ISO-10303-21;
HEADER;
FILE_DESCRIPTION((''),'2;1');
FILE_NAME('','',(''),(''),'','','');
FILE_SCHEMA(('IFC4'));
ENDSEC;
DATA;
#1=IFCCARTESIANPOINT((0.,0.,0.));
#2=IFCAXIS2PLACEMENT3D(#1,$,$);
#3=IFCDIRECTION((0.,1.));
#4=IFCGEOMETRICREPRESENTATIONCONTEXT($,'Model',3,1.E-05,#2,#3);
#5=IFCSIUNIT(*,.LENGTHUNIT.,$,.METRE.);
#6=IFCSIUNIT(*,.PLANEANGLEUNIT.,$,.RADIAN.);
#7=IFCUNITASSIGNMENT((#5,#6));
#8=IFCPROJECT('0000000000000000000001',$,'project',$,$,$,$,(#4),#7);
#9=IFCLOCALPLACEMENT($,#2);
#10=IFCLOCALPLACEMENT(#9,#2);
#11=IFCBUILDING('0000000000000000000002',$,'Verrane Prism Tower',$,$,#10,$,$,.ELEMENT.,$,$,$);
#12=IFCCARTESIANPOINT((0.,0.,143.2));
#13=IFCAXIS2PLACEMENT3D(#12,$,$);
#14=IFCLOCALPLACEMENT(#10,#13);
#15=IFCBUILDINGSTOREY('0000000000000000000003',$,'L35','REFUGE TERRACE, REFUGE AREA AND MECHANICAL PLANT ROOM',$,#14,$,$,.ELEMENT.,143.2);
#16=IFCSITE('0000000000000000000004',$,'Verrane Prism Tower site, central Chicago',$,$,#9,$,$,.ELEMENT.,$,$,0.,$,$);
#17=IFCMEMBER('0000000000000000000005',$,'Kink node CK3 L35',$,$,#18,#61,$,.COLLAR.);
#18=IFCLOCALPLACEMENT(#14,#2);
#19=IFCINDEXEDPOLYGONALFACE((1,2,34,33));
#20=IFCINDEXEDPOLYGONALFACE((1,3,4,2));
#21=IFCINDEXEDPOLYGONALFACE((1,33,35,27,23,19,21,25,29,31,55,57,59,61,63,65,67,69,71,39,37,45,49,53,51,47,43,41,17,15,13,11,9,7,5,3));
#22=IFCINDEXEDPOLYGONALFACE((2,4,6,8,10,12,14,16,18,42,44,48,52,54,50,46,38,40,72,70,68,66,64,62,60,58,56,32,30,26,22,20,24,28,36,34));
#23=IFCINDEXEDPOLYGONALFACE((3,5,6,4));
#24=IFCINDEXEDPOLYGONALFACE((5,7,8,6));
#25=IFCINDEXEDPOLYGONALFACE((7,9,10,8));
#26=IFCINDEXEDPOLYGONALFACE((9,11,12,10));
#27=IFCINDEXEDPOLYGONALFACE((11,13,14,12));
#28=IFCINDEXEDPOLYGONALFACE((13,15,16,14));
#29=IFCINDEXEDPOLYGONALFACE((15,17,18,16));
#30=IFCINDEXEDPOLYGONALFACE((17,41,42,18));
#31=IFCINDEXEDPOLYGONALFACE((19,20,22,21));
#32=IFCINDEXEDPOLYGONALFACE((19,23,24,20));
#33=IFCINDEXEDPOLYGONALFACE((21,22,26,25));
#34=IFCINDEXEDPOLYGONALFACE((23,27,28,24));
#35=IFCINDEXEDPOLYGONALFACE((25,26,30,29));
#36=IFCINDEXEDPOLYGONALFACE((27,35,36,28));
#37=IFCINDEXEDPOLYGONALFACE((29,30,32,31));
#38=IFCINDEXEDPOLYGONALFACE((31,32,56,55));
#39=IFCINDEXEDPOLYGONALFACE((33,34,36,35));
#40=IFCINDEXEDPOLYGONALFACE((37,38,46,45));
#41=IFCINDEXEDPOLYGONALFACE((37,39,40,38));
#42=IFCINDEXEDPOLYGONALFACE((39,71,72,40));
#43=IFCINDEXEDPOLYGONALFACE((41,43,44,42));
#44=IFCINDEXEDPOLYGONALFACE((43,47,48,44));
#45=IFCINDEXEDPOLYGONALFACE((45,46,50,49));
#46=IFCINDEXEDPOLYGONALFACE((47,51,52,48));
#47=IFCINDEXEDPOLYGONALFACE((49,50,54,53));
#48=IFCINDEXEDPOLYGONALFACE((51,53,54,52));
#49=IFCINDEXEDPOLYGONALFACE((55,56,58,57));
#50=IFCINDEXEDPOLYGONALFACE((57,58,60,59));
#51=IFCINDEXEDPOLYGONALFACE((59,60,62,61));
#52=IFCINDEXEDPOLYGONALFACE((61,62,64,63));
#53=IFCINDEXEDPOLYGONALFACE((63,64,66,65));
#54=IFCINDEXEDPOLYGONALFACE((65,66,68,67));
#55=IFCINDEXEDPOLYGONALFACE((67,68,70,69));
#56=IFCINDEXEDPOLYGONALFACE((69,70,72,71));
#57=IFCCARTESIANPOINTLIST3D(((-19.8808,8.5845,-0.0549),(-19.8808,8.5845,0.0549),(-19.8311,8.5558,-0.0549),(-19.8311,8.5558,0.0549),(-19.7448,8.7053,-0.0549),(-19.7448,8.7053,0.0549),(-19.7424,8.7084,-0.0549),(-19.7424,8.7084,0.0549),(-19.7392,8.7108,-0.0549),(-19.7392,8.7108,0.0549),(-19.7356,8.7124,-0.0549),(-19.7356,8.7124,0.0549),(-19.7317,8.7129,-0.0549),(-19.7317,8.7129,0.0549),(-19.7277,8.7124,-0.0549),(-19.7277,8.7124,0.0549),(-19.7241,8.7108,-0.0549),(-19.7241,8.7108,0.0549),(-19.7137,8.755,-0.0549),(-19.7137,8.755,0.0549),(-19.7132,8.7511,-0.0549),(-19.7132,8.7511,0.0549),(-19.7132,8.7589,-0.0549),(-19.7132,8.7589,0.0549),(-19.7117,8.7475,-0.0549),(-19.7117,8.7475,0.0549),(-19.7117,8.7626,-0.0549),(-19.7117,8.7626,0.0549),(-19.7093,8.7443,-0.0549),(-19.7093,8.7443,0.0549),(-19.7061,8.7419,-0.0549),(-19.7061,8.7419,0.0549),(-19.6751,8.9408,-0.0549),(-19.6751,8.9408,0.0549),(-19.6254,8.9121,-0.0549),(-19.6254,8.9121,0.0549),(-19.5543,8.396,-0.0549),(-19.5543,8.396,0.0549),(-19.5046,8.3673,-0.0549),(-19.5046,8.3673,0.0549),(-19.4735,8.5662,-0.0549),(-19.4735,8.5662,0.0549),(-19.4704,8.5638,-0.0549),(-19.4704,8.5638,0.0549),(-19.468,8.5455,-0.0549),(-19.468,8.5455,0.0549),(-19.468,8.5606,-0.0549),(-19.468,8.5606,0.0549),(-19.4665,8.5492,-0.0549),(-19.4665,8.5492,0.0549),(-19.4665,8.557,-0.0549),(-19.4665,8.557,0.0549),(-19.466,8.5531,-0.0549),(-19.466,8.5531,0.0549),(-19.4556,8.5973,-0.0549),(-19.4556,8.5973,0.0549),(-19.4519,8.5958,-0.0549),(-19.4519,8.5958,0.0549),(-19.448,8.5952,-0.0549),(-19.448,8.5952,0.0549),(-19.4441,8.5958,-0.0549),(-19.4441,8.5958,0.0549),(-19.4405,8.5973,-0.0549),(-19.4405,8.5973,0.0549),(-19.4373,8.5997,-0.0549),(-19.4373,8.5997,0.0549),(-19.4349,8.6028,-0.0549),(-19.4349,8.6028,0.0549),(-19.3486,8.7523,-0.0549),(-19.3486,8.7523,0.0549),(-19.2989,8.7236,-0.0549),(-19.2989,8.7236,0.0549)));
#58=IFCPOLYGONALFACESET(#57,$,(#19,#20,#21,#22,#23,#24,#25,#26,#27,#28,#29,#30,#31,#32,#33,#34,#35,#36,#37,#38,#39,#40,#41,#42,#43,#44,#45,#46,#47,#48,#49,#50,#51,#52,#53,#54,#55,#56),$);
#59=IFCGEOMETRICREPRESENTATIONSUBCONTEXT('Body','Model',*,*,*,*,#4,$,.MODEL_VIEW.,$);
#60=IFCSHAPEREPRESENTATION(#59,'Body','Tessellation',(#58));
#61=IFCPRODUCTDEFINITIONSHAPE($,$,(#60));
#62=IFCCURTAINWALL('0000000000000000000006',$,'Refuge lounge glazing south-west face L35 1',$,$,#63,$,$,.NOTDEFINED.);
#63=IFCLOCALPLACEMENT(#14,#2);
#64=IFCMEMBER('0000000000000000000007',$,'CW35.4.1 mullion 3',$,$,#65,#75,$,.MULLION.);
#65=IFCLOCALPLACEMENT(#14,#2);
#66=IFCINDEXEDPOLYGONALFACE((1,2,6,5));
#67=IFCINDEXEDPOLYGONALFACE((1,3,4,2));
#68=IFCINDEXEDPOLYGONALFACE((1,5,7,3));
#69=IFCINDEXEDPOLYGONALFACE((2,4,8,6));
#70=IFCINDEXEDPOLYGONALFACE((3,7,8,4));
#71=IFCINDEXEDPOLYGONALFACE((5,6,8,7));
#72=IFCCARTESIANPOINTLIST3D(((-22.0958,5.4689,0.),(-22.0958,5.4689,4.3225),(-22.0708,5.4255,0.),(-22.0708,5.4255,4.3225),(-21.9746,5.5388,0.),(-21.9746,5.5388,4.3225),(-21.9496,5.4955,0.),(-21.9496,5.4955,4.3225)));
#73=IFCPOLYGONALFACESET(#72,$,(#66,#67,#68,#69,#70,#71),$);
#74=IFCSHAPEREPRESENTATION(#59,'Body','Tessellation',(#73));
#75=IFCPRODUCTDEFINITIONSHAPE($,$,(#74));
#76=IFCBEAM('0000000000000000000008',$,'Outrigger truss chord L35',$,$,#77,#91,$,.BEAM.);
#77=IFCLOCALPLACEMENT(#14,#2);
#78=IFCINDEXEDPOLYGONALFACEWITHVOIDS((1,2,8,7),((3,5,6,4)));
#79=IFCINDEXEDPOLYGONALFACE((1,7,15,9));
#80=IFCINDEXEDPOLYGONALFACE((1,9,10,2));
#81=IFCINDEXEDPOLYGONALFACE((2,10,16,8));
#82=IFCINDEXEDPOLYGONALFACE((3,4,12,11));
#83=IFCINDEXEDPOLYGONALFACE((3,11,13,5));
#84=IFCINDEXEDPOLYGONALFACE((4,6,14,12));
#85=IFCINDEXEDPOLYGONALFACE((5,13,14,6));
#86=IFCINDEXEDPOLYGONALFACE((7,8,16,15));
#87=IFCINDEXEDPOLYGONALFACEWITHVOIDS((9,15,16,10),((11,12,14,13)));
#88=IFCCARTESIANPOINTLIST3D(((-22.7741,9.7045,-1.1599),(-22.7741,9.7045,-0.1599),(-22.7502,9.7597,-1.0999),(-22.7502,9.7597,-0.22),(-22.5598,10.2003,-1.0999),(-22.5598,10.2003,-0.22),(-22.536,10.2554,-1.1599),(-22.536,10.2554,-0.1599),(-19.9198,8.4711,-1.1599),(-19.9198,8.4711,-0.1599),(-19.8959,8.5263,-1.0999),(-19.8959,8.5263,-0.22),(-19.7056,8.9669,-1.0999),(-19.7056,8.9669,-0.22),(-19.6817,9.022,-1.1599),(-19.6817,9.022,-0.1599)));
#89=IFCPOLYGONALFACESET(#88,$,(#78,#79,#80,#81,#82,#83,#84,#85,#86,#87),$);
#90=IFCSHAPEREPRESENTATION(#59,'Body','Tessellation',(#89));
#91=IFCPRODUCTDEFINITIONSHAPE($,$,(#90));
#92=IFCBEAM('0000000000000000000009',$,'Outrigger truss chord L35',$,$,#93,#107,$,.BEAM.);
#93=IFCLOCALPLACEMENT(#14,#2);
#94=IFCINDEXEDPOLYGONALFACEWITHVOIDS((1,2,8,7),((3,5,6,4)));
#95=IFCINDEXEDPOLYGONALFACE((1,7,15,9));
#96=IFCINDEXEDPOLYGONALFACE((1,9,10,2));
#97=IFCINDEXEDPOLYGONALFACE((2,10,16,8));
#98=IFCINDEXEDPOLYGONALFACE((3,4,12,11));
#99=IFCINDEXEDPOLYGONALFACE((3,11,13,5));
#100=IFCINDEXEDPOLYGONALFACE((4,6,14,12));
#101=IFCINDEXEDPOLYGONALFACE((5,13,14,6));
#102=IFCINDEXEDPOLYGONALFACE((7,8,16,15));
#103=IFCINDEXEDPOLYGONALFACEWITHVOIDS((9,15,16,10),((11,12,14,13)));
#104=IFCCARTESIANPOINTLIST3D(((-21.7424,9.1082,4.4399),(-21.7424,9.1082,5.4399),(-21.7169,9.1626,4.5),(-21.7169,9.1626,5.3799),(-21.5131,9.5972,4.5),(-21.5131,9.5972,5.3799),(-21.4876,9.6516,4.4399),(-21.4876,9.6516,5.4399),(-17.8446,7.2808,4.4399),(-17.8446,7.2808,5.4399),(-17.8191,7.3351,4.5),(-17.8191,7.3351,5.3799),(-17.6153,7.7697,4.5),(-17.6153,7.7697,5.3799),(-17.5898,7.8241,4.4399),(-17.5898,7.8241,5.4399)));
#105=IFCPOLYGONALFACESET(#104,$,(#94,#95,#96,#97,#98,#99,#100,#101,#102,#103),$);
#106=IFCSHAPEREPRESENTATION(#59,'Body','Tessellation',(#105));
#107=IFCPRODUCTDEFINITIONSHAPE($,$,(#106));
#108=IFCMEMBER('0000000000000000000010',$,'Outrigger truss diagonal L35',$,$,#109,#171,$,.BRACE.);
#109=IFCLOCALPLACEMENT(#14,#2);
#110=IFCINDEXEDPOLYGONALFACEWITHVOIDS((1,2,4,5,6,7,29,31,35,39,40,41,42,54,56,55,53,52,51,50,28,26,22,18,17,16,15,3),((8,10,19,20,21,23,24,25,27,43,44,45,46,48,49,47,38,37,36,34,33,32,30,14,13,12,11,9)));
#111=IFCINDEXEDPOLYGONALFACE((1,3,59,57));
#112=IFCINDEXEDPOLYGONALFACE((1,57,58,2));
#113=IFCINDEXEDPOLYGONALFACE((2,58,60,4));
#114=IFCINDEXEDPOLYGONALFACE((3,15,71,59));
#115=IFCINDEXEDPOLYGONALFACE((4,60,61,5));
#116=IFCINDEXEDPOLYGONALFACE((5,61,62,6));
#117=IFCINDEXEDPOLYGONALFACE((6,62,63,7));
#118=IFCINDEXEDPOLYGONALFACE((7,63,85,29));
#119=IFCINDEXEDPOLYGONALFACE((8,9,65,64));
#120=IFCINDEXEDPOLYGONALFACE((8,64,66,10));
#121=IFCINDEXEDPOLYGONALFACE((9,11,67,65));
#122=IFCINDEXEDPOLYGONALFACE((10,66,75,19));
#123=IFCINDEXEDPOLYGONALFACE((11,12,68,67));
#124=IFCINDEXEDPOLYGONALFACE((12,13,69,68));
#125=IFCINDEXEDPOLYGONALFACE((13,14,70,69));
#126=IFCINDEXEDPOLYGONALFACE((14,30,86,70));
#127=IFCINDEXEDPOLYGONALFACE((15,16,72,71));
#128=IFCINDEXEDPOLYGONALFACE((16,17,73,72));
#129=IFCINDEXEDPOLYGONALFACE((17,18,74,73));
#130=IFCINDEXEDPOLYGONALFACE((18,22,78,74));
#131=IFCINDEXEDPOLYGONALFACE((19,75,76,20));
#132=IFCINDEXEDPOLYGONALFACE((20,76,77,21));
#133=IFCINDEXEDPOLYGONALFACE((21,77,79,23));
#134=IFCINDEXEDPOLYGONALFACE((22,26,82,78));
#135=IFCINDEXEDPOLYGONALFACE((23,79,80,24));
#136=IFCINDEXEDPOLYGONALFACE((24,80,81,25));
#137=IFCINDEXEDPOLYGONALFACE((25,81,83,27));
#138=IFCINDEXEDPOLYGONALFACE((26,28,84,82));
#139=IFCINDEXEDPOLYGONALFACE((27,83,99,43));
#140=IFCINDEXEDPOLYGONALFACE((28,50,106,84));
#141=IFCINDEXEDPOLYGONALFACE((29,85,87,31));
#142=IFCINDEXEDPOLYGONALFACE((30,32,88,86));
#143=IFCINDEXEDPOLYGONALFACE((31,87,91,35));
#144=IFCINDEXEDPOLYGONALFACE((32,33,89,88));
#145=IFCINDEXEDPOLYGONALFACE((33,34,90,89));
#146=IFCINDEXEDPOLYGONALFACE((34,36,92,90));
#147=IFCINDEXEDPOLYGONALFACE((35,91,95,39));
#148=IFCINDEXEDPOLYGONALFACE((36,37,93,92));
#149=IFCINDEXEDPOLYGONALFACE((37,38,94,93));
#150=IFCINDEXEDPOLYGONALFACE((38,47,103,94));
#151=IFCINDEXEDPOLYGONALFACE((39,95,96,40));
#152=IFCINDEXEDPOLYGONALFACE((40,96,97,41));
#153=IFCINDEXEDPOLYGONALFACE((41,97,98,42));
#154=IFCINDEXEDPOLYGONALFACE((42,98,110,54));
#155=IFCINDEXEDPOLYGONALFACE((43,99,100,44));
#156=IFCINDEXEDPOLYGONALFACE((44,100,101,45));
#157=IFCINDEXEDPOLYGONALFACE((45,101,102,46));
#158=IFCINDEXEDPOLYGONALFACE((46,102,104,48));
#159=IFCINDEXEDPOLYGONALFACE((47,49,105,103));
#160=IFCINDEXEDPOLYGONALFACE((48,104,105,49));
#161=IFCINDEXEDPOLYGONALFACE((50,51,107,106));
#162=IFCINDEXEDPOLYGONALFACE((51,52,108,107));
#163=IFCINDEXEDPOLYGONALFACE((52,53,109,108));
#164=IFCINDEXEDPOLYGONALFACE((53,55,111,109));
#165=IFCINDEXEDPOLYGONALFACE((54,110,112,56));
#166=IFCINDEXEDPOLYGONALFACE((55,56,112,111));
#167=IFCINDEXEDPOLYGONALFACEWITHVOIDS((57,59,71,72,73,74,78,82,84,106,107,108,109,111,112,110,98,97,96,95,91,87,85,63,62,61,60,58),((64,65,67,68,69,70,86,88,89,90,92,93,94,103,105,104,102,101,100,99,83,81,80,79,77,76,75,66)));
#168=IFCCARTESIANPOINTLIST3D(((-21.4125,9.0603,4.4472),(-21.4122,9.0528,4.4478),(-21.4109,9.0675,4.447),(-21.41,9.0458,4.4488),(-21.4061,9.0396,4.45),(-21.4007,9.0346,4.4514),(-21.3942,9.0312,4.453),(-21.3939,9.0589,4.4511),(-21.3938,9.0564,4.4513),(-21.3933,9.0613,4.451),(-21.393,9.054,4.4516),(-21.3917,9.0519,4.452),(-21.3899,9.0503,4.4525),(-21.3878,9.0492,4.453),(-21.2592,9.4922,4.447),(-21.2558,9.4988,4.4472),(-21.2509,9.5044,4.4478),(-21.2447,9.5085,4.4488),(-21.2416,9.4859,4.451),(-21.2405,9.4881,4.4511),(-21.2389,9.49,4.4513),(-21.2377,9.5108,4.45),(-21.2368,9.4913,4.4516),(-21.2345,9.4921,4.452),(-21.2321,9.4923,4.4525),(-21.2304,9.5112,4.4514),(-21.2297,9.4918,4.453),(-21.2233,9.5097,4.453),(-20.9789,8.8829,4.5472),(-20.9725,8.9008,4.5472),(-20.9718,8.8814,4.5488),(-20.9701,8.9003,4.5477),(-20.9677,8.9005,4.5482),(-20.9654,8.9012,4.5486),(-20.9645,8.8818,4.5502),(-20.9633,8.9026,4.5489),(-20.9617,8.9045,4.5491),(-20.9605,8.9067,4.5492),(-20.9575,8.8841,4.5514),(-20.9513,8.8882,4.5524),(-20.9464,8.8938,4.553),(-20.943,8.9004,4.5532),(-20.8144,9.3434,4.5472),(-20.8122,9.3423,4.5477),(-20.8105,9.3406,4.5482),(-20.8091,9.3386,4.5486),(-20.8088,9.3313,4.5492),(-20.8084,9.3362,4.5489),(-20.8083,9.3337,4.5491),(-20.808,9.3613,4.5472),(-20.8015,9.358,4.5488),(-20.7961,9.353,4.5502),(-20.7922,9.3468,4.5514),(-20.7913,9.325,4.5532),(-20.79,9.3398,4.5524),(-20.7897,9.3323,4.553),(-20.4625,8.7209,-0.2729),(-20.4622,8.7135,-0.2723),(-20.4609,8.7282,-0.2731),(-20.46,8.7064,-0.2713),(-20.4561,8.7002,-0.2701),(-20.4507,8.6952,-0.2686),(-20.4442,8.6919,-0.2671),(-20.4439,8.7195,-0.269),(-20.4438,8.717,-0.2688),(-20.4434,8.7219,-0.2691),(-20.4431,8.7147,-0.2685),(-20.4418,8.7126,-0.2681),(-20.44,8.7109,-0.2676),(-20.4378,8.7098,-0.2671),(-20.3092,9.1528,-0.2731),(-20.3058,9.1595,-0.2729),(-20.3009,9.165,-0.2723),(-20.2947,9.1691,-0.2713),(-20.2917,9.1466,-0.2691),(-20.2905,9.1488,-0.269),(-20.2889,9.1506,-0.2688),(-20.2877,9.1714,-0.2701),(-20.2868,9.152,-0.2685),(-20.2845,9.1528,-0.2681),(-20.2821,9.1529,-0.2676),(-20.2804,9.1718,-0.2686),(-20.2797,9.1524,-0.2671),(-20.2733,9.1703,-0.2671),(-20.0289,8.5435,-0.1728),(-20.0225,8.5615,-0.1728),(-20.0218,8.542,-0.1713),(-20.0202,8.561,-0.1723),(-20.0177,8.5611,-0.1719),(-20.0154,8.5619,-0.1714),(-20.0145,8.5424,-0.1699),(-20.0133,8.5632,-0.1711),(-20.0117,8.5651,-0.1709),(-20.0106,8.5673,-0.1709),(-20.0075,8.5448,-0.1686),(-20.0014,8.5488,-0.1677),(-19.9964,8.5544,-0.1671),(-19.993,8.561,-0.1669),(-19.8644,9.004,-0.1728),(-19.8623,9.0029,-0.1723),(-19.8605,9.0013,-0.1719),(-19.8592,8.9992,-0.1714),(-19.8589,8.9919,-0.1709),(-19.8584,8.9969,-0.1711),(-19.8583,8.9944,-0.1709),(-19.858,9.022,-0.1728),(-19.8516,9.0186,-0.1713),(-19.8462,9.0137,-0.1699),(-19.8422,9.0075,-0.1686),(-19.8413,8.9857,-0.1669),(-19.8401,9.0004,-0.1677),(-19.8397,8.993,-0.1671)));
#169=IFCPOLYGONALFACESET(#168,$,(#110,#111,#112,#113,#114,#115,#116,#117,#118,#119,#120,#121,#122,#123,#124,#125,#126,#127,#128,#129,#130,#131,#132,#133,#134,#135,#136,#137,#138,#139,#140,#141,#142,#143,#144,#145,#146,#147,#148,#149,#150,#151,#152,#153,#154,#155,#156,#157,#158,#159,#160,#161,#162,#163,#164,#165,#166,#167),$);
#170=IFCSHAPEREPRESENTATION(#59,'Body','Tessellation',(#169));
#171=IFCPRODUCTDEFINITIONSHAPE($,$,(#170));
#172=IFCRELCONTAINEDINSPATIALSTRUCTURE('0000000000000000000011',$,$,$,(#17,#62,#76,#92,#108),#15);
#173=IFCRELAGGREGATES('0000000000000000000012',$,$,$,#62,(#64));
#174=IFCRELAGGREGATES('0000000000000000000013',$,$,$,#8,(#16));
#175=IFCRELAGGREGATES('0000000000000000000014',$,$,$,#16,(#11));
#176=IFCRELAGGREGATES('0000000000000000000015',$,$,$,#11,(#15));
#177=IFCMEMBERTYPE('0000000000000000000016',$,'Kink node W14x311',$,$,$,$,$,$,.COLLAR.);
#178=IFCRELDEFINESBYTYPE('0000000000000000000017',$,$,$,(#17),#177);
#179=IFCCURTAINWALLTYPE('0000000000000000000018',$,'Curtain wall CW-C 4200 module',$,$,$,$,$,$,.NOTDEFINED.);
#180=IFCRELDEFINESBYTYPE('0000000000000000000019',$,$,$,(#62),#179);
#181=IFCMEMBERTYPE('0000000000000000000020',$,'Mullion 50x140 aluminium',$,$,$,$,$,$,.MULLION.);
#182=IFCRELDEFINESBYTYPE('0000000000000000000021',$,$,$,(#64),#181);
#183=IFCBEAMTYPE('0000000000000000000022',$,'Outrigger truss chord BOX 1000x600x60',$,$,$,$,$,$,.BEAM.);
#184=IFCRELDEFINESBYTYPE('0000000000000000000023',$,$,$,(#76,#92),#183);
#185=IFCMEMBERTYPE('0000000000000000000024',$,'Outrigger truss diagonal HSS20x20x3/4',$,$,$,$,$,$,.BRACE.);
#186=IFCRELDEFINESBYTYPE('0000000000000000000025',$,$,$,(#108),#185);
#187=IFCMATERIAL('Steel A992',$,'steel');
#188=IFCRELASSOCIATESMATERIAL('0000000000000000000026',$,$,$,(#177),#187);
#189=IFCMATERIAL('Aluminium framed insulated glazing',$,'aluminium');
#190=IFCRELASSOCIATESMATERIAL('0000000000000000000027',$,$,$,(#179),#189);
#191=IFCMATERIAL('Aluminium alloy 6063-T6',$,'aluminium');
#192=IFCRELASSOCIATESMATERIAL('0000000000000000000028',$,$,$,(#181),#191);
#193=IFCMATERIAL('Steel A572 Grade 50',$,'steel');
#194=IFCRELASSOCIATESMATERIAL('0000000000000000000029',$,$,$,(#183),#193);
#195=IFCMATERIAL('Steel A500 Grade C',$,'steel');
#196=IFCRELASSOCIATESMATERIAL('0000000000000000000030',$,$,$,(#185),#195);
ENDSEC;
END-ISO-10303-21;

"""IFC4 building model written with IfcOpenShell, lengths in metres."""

from ifc_helpers import new_model, si_unit, direction, frame, origin, origin_2d, place, context, subcontext, project, spatial, rectangle, hollow_rectangle, i_section, extrude, material, material_profile, profile_set, type_object, element, aggregate, save


model = new_model("IFC4")

# Units and contexts
model_context = context("Model", 3, precision=1e-05, world=origin(), true_north=direction((0.0, 1.0)))
body_context = subcontext(model_context, "Body", "Model", "MODEL_VIEW")
ifc_project = project(units=[si_unit("LENGTHUNIT", "METRE"), si_unit("PLANEANGLEUNIT", "RADIAN")], contexts=[model_context])

# Site, building, storey
site_placement = place(None, origin())
site = spatial("IfcSite", under=ifc_project, at=site_placement, Name="Verrane Prism Tower site, central Chicago", CompositionType="ELEMENT", RefElevation=0.0)
building_placement = place(site_placement, origin())
building = spatial("IfcBuilding", under=site, at=building_placement, Name="Verrane Prism Tower", CompositionType="ELEMENT")
storey_placement = place(building_placement, frame((0.0, 0.0, 143.2)))
storey = spatial("IfcBuildingStorey", under=building, at=storey_placement, Name="L35", Description="REFUGE TERRACE, REFUGE AREA AND MECHANICAL PLANT ROOM", CompositionType="ELEMENT", Elevation=143.2)

# Member
ifc_material_1 = material(Name="Steel A992", Category="steel")
ifc_material_profile_1 = material_profile(ifc_material_1, i_section(OverallWidth=0.4114, OverallDepth=0.4343, WebThickness=0.0359, FlangeThickness=0.0574, FilletRadius=0.0151, at=origin_2d()), Name="W14x311")
ifc_profile_set_1 = profile_set([ifc_material_profile_1], Name="Steel A992")
member_type_1 = type_object("IfcMemberType", Name="Kink node W14x311", PredefinedType="COLLAR", material=ifc_profile_set_1)
member_1_placement = place(storey_placement, frame((-19.5898, 8.6541, -0.0549), z_axis=(0.0, 0.0, 1.0), x_axis=(0.5, 0.866025, 0.0)))
element("IfcMember", 1, at=member_1_placement, inside=storey, type_object=member_type_1, Name="Kink node CK3 L35", PredefinedType="COLLAR", context=body_context, shape_type="SweptSolid", body=[
    extrude(i_section(OverallWidth=0.4114, OverallDepth=0.4343, WebThickness=0.0359, FlangeThickness=0.0574, FilletRadius=0.0151, at=origin_2d()), origin(), (0.0, 0.0, 1.0), 0.1099),
])

# Curtain wall, member
ifc_material_2 = material(Name="Aluminium framed insulated glazing", Category="aluminium")
curtain_wall_type = type_object("IfcCurtainWallType", Name="Curtain wall CW-C 4200 module", PredefinedType="NOTDEFINED", material=ifc_material_2)
curtain_wall_placement = place(storey_placement, origin())
curtain_wall = element("IfcCurtainWall", 2, at=curtain_wall_placement, inside=storey, type_object=curtain_wall_type, Name="Refuge lounge glazing south-west face L35 1", PredefinedType="NOTDEFINED")
ifc_material_3 = material(Name="Aluminium alloy 6063-T6", Category="aluminium")
ifc_material_profile_2 = material_profile(ifc_material_3, rectangle(XDim=0.1399, YDim=0.05, at=origin_2d()), Name="Mullion 50x140 aluminium")
ifc_profile_set_2 = profile_set([ifc_material_profile_2], Name="Aluminium alloy 6063-T6")
member_type_2 = type_object("IfcMemberType", Name="Mullion 50x140 aluminium", PredefinedType="MULLION", material=ifc_profile_set_2)
member_2_placement = place(storey_placement, frame((-22.0227, 5.4822, 0.0), z_axis=(0.0, 0.0, 1.0), x_axis=(0.866025, 0.500001, 0.0)))
member_2 = element("IfcMember", 3, at=member_2_placement, type_object=member_type_2, Name="CW35.4.1 mullion 3", PredefinedType="MULLION", context=body_context, shape_type="SweptSolid", body=[
    extrude(rectangle(XDim=0.1399, YDim=0.05, at=origin_2d()), origin(), (0.0, 0.0, 1.0), 4.3225),
])
aggregate(curtain_wall, [member_2])

# Beams
ifc_material_4 = material(Name="Steel A572 Grade 50", Category="steel")
ifc_material_profile_3 = material_profile(ifc_material_4, hollow_rectangle(XDim=0.6001, YDim=1.0, WallThickness=0.0601, at=origin_2d()), Name="BOX 1000x600x60")
ifc_profile_set_3 = profile_set([ifc_material_profile_3], Name="Steel A572 Grade 50")
beam_type_1 = type_object("IfcBeamType", Name="Outrigger truss chord BOX 1000x600x60", PredefinedType="BEAM", material=ifc_profile_set_3)
beam_1_placement = place(storey_placement, frame((-22.655, 9.98, -0.6599), z_axis=(0.917959, -0.396675, 0.0), x_axis=(0.396675, 0.917959, 0.0)))
element("IfcBeam", 4, at=beam_1_placement, inside=storey, type_object=beam_type_1, Name="Outrigger truss chord L35", PredefinedType="BEAM", context=body_context, shape_type="SweptSolid", body=[
    extrude(hollow_rectangle(XDim=0.6001, YDim=1.0, WallThickness=0.0601, at=origin_2d()), origin(), (0.0, 0.0, 1.0), 3.1094),
])
beam_2_placement = place(storey_placement, frame((-21.615, 9.3799, 4.9399), z_axis=(0.905428, -0.424499, 0.0), x_axis=(0.424499, 0.905428, 0.0)))
element("IfcBeam", 5, at=beam_2_placement, inside=storey, type_object=beam_type_1, Name="Outrigger truss chord L35", PredefinedType="BEAM", context=body_context, shape_type="SweptSolid", body=[
    extrude(hollow_rectangle(XDim=0.6001, YDim=1.0, WallThickness=0.0601, at=origin_2d()), origin(), (0.0, 0.0, 1.0), 4.3049),
])

# Member
ifc_material_5 = material(Name="Steel A500 Grade C", Category="steel")
ifc_material_profile_4 = material_profile(ifc_material_5, hollow_rectangle(XDim=0.5081, YDim=0.5081, WallThickness=0.019, InnerFilletRadius=0.0095, OuterFilletRadius=0.0286, at=origin_2d()), Name="HSS20x20x3/4")
ifc_profile_set_4 = profile_set([ifc_material_profile_4], Name="Steel A500 Grade C")
member_type_3 = type_object("IfcMemberType", Name="Outrigger truss diagonal HSS20x20x3/4", PredefinedType="BRACE", material=ifc_profile_set_4)
member_3_placement = place(storey_placement, frame((-20.1511, 8.8569, -0.22), z_axis=(-0.196817, 0.07031, 0.977916), x_axis=(-0.336413, -0.941715, 0.0)))
element("IfcMember", 6, at=member_3_placement, inside=storey, type_object=member_type_3, Name="Outrigger truss diagonal L35", PredefinedType="BRACE", context=body_context, shape_type="SweptSolid", body=[
    extrude(hollow_rectangle(XDim=0.5081, YDim=0.5081, WallThickness=0.019, InnerFilletRadius=0.0095, OuterFilletRadius=0.0286, at=origin_2d()), origin(), (0.0, 0.0, 1.0), 4.8267),
])

save(model, "model.ifc")
